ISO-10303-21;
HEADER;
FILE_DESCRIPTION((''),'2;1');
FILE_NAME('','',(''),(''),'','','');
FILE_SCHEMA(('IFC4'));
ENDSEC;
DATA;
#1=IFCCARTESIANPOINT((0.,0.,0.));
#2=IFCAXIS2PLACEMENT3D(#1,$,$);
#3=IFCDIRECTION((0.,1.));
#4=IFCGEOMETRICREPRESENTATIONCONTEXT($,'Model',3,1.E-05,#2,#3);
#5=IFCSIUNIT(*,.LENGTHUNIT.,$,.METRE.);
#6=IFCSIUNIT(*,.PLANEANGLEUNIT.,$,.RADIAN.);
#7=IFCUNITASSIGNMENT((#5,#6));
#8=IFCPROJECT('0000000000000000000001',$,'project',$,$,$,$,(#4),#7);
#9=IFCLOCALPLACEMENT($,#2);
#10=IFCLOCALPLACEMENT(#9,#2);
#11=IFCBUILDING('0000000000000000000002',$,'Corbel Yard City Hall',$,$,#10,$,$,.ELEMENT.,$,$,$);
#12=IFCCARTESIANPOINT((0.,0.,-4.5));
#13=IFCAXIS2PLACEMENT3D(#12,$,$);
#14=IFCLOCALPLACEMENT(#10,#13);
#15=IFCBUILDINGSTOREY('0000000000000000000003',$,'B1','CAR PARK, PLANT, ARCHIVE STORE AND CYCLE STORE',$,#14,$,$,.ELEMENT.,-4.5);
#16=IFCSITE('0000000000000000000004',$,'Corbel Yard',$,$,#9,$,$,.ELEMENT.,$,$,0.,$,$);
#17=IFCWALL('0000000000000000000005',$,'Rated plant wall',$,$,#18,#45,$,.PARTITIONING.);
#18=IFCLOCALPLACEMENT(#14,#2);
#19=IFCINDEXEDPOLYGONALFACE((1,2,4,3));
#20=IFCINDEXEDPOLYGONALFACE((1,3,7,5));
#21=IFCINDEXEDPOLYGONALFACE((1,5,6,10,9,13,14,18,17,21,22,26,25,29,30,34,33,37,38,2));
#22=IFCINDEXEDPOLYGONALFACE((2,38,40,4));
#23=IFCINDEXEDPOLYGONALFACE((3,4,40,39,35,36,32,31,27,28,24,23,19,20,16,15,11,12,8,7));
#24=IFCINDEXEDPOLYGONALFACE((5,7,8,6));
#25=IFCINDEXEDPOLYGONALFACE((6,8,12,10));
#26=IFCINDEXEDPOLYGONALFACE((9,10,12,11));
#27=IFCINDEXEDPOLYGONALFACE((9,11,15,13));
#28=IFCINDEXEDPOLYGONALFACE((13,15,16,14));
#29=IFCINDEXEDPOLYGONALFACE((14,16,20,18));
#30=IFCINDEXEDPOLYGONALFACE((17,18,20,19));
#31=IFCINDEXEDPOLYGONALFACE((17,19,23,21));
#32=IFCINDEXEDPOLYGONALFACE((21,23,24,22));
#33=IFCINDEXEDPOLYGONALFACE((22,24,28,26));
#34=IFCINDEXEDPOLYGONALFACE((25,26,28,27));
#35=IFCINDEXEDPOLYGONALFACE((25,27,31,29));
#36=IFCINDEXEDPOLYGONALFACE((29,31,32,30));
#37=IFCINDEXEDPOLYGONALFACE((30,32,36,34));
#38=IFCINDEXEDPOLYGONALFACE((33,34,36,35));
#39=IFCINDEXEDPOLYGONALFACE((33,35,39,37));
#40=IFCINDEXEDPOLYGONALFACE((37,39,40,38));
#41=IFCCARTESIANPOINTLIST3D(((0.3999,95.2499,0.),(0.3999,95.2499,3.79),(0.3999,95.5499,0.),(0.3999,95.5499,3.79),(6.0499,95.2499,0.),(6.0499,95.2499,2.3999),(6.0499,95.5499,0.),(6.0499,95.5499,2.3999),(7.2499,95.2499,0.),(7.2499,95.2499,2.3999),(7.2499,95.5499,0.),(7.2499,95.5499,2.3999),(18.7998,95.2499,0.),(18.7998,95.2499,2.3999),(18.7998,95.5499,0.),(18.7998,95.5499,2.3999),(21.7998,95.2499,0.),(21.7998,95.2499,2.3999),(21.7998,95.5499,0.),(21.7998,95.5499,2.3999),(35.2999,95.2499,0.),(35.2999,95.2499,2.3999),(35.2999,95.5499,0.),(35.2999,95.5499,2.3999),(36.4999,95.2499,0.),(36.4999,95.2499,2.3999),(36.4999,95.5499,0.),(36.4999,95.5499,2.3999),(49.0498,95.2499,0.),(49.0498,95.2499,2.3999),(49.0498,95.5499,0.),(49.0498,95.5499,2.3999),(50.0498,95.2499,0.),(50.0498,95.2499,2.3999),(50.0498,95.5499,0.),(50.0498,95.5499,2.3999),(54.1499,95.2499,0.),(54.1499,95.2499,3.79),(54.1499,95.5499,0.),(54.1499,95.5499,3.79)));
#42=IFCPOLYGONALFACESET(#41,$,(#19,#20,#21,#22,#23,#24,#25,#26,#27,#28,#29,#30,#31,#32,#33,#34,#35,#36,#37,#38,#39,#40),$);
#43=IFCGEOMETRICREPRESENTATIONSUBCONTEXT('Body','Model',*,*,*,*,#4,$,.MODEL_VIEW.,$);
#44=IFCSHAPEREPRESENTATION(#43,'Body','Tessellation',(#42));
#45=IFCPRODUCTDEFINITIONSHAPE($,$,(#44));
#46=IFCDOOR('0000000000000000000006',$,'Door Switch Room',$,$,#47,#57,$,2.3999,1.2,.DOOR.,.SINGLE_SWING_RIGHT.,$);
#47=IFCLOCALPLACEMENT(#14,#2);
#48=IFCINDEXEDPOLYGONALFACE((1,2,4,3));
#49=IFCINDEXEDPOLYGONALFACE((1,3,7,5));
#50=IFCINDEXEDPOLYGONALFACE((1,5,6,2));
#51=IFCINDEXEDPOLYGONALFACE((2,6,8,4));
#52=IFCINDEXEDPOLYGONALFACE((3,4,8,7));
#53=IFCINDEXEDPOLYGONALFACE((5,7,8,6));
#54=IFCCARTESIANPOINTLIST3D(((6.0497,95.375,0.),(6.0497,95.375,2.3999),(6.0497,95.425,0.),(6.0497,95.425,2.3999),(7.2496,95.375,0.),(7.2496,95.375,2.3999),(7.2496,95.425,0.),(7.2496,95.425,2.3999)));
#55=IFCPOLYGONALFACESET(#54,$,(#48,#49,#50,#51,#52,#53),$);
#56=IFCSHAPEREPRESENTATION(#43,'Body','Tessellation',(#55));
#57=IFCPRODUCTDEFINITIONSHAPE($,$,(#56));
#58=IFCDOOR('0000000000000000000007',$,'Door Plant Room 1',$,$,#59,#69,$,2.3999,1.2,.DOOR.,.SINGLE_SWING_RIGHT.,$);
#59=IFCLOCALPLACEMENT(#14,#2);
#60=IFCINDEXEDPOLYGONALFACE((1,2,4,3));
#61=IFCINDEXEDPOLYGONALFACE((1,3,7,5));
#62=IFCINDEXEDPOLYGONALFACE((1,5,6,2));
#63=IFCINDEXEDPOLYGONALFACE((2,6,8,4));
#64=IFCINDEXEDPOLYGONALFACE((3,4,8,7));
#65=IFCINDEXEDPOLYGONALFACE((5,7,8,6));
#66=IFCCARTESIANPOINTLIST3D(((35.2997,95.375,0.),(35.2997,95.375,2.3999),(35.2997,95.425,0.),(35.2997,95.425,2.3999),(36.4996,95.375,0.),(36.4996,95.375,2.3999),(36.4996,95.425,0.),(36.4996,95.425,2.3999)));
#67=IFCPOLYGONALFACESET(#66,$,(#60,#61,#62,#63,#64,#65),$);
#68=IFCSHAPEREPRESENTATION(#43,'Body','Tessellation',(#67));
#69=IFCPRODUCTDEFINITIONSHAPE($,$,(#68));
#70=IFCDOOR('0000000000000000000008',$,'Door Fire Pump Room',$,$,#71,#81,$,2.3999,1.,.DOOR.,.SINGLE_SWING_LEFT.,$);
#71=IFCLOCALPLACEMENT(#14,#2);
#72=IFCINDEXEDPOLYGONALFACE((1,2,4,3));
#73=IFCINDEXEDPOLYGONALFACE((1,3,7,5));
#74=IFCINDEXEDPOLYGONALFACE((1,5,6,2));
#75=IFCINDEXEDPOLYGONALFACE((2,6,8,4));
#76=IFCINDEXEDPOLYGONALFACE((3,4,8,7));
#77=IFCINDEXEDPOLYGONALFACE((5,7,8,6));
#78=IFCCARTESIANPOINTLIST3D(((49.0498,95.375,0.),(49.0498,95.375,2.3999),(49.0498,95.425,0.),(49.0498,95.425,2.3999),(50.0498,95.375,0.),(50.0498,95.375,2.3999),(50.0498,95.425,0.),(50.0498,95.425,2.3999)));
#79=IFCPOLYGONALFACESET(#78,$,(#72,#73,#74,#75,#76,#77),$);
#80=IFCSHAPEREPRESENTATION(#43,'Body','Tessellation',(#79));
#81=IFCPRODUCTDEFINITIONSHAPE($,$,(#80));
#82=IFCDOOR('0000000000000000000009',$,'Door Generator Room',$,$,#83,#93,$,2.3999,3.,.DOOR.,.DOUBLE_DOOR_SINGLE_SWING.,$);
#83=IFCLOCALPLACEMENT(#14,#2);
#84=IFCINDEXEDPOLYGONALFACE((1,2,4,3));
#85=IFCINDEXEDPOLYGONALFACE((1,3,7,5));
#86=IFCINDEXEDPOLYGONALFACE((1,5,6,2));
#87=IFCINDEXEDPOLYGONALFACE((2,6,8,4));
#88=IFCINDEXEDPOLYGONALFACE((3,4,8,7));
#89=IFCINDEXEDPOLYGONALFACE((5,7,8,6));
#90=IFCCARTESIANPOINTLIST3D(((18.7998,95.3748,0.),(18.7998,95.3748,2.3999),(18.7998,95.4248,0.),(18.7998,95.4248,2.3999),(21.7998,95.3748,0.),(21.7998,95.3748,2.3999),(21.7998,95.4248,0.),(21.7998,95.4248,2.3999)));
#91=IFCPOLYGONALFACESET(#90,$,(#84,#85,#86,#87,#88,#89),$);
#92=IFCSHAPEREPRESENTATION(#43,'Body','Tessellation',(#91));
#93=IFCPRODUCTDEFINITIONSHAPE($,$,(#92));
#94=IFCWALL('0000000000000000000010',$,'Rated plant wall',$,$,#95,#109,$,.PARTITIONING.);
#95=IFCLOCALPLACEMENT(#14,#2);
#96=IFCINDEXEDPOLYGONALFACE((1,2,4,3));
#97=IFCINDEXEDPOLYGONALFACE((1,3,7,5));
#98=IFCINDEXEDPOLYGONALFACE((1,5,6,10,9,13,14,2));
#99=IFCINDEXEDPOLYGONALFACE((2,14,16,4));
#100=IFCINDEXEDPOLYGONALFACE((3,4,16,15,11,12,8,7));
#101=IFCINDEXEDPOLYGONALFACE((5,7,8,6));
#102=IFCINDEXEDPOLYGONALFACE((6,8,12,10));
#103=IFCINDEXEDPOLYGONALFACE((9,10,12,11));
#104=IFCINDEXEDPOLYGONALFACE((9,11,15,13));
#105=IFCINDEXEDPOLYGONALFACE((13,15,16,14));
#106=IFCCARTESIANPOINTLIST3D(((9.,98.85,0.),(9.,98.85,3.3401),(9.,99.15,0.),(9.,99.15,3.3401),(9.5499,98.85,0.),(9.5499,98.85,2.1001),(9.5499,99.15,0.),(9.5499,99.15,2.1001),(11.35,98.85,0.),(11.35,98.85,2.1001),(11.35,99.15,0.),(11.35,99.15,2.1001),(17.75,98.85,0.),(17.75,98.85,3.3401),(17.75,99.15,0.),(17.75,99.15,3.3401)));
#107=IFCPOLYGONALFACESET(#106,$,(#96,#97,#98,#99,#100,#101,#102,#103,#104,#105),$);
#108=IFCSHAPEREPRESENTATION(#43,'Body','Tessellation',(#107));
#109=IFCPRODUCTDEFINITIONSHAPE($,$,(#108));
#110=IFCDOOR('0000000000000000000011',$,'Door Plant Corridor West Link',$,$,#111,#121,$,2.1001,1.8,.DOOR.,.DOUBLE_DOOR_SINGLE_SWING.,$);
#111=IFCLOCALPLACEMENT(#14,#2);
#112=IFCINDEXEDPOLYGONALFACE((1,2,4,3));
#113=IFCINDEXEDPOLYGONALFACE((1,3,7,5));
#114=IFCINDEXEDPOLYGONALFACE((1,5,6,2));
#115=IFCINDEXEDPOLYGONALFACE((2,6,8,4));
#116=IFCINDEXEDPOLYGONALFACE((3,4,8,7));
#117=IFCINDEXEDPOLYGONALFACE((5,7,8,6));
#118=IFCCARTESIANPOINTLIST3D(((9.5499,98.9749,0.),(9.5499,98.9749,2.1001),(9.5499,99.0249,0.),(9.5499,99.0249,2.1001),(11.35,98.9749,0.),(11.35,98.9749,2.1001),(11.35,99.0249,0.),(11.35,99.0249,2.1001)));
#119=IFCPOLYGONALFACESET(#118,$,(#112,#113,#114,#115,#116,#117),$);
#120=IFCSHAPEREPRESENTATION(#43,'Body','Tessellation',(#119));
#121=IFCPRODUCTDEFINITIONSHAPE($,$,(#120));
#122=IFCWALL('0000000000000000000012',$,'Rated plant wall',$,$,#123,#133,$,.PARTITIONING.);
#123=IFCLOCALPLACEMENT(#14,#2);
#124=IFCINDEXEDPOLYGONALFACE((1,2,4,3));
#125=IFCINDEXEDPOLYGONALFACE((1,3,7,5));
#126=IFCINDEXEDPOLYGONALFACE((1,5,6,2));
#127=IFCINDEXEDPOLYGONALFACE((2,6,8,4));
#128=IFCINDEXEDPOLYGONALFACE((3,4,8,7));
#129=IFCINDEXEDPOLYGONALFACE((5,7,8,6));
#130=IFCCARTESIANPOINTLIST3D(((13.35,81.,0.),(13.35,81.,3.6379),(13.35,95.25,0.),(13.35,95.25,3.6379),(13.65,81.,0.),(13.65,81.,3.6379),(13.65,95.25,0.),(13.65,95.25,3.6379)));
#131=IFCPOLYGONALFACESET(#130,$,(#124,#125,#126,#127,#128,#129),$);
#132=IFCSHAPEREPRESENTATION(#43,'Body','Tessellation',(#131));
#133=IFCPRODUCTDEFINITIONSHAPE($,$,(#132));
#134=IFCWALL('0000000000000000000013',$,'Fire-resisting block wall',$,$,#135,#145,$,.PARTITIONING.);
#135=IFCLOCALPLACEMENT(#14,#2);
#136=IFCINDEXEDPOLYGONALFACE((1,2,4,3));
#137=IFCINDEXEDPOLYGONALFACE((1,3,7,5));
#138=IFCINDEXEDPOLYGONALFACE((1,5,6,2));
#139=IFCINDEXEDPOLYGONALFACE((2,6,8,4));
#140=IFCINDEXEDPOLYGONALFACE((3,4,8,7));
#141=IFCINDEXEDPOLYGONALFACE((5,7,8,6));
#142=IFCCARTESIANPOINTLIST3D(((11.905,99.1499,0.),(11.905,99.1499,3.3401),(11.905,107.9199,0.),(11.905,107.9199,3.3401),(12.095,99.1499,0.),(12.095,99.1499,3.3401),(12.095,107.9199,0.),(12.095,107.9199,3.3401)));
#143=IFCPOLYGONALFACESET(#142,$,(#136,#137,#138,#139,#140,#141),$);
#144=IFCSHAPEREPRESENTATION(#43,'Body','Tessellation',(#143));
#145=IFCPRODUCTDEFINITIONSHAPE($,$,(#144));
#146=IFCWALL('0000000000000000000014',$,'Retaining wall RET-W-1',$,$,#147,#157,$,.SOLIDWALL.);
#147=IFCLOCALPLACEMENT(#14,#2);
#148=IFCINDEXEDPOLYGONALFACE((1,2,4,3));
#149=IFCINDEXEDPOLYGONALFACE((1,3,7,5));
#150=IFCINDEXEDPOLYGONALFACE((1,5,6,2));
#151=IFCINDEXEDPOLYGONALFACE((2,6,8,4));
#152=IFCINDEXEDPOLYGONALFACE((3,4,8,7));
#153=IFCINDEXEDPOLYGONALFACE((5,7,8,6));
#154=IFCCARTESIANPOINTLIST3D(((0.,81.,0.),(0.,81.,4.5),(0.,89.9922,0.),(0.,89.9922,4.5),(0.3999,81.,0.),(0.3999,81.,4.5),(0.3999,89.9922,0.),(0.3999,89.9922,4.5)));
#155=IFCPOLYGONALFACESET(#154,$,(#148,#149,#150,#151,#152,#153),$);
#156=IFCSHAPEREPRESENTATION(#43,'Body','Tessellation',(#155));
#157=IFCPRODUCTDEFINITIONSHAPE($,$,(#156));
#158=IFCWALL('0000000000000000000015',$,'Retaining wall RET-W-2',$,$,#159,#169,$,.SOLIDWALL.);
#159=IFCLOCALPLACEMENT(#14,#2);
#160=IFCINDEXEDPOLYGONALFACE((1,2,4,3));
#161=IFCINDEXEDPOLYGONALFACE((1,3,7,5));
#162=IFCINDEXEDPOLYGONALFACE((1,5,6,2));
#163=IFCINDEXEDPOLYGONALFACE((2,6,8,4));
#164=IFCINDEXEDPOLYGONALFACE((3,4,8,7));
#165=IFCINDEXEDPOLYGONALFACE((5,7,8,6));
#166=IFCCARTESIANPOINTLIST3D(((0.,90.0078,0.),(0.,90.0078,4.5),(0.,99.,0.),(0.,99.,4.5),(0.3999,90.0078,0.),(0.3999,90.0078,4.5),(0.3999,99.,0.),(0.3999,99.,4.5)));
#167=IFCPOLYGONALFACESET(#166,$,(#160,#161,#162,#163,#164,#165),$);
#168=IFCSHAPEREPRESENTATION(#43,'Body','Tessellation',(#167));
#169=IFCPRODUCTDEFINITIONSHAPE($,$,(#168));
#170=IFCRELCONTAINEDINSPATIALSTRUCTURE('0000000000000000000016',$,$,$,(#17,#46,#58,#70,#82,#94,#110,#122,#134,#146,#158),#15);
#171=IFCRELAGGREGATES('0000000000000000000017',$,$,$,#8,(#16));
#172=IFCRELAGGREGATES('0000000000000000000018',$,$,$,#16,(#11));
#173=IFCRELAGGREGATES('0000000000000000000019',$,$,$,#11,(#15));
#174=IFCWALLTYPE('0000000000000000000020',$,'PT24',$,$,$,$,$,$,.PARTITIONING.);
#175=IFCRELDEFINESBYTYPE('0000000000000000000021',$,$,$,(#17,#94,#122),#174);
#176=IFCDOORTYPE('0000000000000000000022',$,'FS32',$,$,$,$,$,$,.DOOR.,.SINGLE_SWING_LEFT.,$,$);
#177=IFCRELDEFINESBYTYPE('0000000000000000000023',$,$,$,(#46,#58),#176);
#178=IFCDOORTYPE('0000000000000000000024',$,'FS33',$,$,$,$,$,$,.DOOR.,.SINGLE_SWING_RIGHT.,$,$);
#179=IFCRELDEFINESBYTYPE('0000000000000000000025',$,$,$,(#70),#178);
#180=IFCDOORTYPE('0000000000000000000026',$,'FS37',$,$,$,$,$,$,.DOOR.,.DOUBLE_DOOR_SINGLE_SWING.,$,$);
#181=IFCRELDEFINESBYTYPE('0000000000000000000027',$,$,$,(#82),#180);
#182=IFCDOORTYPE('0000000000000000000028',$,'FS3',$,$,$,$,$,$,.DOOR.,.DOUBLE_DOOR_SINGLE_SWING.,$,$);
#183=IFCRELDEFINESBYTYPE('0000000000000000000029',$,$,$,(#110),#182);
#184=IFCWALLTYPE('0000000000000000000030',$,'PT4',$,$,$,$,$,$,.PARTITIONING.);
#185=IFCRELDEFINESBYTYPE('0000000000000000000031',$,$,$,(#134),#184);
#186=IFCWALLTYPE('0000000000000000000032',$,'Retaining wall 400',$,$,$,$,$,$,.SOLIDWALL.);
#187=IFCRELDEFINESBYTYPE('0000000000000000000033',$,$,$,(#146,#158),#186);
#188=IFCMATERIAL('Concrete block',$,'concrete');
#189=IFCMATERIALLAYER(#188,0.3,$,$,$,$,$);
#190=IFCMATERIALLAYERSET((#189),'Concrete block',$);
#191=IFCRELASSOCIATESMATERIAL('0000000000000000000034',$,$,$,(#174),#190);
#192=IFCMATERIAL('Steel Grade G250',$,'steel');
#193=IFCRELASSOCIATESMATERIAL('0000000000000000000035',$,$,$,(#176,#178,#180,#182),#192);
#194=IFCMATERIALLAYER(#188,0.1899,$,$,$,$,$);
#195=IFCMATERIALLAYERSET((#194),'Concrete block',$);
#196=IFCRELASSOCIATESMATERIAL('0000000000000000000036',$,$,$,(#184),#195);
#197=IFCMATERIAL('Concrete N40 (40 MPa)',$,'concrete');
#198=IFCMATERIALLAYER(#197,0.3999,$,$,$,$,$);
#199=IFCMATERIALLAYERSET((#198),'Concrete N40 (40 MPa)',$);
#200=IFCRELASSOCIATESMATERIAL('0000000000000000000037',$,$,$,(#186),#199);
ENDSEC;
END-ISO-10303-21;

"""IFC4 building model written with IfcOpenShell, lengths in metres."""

from ifc_helpers import new_model, si_unit, direction, frame, frame_2d, origin, place, context, subcontext, project, spatial, rectangle, extrude, material, layer, layer_set, type_object, element, fill, save


model = new_model("IFC4")

# Units and contexts
model_context = context("Model", 3, precision=1e-05, world=origin(), true_north=direction((0.0, 1.0)))
body_context = subcontext(model_context, "Body", "Model", "MODEL_VIEW")
ifc_project = project(units=[si_unit("LENGTHUNIT", "METRE"), si_unit("PLANEANGLEUNIT", "RADIAN")], contexts=[model_context])

# Site, building, storey
site_placement = place(None, origin())
site = spatial("IfcSite", under=ifc_project, at=site_placement, Name="Corbel Yard", CompositionType="ELEMENT", RefElevation=0.0)
building_placement = place(site_placement, origin())
building = spatial("IfcBuilding", under=site, at=building_placement, Name="Corbel Yard City Hall", CompositionType="ELEMENT")
storey_placement = place(building_placement, frame((0.0, 0.0, -4.5)))
storey = spatial("IfcBuildingStorey", under=building, at=storey_placement, Name="B1", Description="CAR PARK, PLANT, ARCHIVE STORE AND CYCLE STORE", CompositionType="ELEMENT", Elevation=-4.5)

# Shared definitions
ifc_material_1 = material(Name="Concrete N40 (40 MPa)", Category="concrete")

# Wall, openings, doors
ifc_material_2 = material(Name="Concrete block", Category="concrete")
ifc_layer_1 = layer(ifc_material_2, 0.3)
ifc_layer_set_1 = layer_set([ifc_layer_1], Name="Concrete block")
wall_type_1 = type_object("IfcWallType", Name="PT24", PredefinedType="PARTITIONING", material=ifc_layer_set_1)
wall_1_placement = place(storey_placement, frame((0.3999, 95.3999, 0.0), z_axis=(0.0, 0.0, 1.0), x_axis=(1.0, 0.0, 0.0)))
wall_1 = element("IfcWall", 1, at=wall_1_placement, inside=storey, type_object=wall_type_1, Name="Rated plant wall", PredefinedType="PARTITIONING", context=body_context, shape_type="SweptSolid", body=[
    extrude(rectangle(XDim=53.75, YDim=0.3, at=frame_2d((26.875, 0.0))), origin(), (0.0, 0.0, 1.0), 3.79),
])
opening_1_placement = place(wall_1_placement, frame((5.6499, 0.0, 0.0)))
opening_1 = element("IfcOpeningElement", 2, at=opening_1_placement, cuts=wall_1, PredefinedType="OPENING", context=body_context, shape_type="SweptSolid", body=[
    extrude(rectangle(XDim=1.2, YDim=2.3999, at=frame_2d((0.6001, 1.2))), frame((0.0, 0.1599, 0.0), z_axis=(0.0, -1.0, 0.0), x_axis=(1.0, 0.0, 0.0)), (0.0, 0.0, 1.0), 0.3201),
])
opening_2_placement = place(wall_1_placement, frame((18.3999, 0.0, 0.0)))
opening_2 = element("IfcOpeningElement", 3, at=opening_2_placement, cuts=wall_1, PredefinedType="OPENING", context=body_context, shape_type="SweptSolid", body=[
    extrude(rectangle(XDim=3.0, YDim=2.3999, at=frame_2d((1.5, 1.2))), frame((0.0, 0.1599, 0.0), z_axis=(0.0, -1.0, 0.0), x_axis=(1.0, 0.0, 0.0)), (0.0, 0.0, 1.0), 0.3201),
])
opening_3_placement = place(wall_1_placement, frame((34.8999, 0.0, 0.0)))
opening_3 = element("IfcOpeningElement", 4, at=opening_3_placement, cuts=wall_1, PredefinedType="OPENING", context=body_context, shape_type="SweptSolid", body=[
    extrude(rectangle(XDim=1.2, YDim=2.3999, at=frame_2d((0.6001, 1.2))), frame((0.0, 0.1599, 0.0), z_axis=(0.0, -1.0, 0.0), x_axis=(1.0, 0.0, 0.0)), (0.0, 0.0, 1.0), 0.3201),
])
opening_4_placement = place(wall_1_placement, frame((48.6499, 0.0, 0.0)))
opening_4 = element("IfcOpeningElement", 5, at=opening_4_placement, cuts=wall_1, PredefinedType="OPENING", context=body_context, shape_type="SweptSolid", body=[
    extrude(rectangle(XDim=1.0, YDim=2.3999, at=frame_2d((0.5, 1.2))), frame((0.0, 0.1599, 0.0), z_axis=(0.0, -1.0, 0.0), x_axis=(1.0, 0.0, 0.0)), (0.0, 0.0, 1.0), 0.3201),
])
ifc_material_3 = material(Name="Steel Grade G250", Category="steel")
door_type_1 = type_object("IfcDoorType", Name="FS32", OperationType="SINGLE_SWING_LEFT", PredefinedType="DOOR", material=ifc_material_3)
door_1_placement = place(opening_1_placement, frame((1.2, 0.0, 0.0), z_axis=(0.0, 0.0, 1.0), x_axis=(-1.0, 0.0, 0.0)))
door_1 = element("IfcDoor", 6, at=door_1_placement, inside=storey, type_object=door_type_1, Name="Door Switch Room", OperationType="SINGLE_SWING_RIGHT", OverallHeight=2.3999, OverallWidth=1.2, PredefinedType="DOOR", context=body_context, shape_type="SweptSolid", body=[
    extrude(rectangle(XDim=1.2, YDim=2.3999, at=frame_2d((0.6001, 1.2))), frame((0.0, 0.0249, 0.0), z_axis=(0.0, -1.0, 0.0), x_axis=(1.0, 0.0, 0.0)), (0.0, 0.0, 1.0), 0.05),
])
fill(opening_1, door_1)
door_2_placement = place(opening_3_placement, frame((1.2, 0.0, 0.0), z_axis=(0.0, 0.0, 1.0), x_axis=(-1.0, 0.0, 0.0)))
door_2 = element("IfcDoor", 7, at=door_2_placement, inside=storey, type_object=door_type_1, Name="Door Plant Room 1", OperationType="SINGLE_SWING_RIGHT", OverallHeight=2.3999, OverallWidth=1.2, PredefinedType="DOOR", context=body_context, shape_type="SweptSolid", body=[
    extrude(rectangle(XDim=1.2, YDim=2.3999, at=frame_2d((0.6001, 1.2))), frame((0.0, 0.0249, 0.0), z_axis=(0.0, -1.0, 0.0), x_axis=(1.0, 0.0, 0.0)), (0.0, 0.0, 1.0), 0.05),
])
fill(opening_3, door_2)
door_type_2 = type_object("IfcDoorType", Name="FS33", OperationType="SINGLE_SWING_RIGHT", PredefinedType="DOOR", material=ifc_material_3)
door_3_placement = place(opening_4_placement, frame((1.0, 0.0, 0.0), z_axis=(0.0, 0.0, 1.0), x_axis=(-1.0, 0.0, 0.0)))
door_3 = element("IfcDoor", 8, at=door_3_placement, inside=storey, type_object=door_type_2, Name="Door Fire Pump Room", OperationType="SINGLE_SWING_LEFT", OverallHeight=2.3999, OverallWidth=1.0, PredefinedType="DOOR", context=body_context, shape_type="SweptSolid", body=[
    extrude(rectangle(XDim=1.0, YDim=2.3999, at=frame_2d((0.5, 1.2))), frame((0.0, 0.0249, 0.0), z_axis=(0.0, -1.0, 0.0), x_axis=(1.0, 0.0, 0.0)), (0.0, 0.0, 1.0), 0.05),
])
fill(opening_4, door_3)
door_type_3 = type_object("IfcDoorType", Name="FS37", OperationType="DOUBLE_DOOR_SINGLE_SWING", PredefinedType="DOOR", material=ifc_material_3)
door_4_placement = place(opening_2_placement, origin())
door_4 = element("IfcDoor", 9, at=door_4_placement, inside=storey, type_object=door_type_3, Name="Door Generator Room", OperationType="DOUBLE_DOOR_SINGLE_SWING", OverallHeight=2.3999, OverallWidth=3.0, PredefinedType="DOOR", context=body_context, shape_type="SweptSolid", body=[
    extrude(rectangle(XDim=3.0, YDim=2.3999, at=frame_2d((1.5, 1.2))), frame((0.0, 0.0249, 0.0), z_axis=(0.0, -1.0, 0.0), x_axis=(1.0, 0.0, 0.0)), (0.0, 0.0, 1.0), 0.05),
])
fill(opening_2, door_4)

# Wall, opening, door
wall_2_placement = place(storey_placement, frame((9.0, 99.0, 0.0), z_axis=(0.0, 0.0, 1.0), x_axis=(1.0, 0.0, 0.0)))
wall_2 = element("IfcWall", 10, at=wall_2_placement, inside=storey, type_object=wall_type_1, Name="Rated plant wall", PredefinedType="PARTITIONING", context=body_context, shape_type="SweptSolid", body=[
    extrude(rectangle(XDim=8.75, YDim=0.3, at=frame_2d((4.375, 0.0))), origin(), (0.0, 0.0, 1.0), 3.3401),
])
opening_5_placement = place(wall_2_placement, frame((0.55, 0.0, 0.0)))
opening_5 = element("IfcOpeningElement", 11, at=opening_5_placement, cuts=wall_2, PredefinedType="OPENING", context=body_context, shape_type="SweptSolid", body=[
    extrude(rectangle(XDim=1.8, YDim=2.1001, at=frame_2d((0.8999, 1.05))), frame((0.0, 0.1599, 0.0), z_axis=(0.0, -1.0, 0.0), x_axis=(1.0, 0.0, 0.0)), (0.0, 0.0, 1.0), 0.3201),
])
door_type_4 = type_object("IfcDoorType", Name="FS3", OperationType="DOUBLE_DOOR_SINGLE_SWING", PredefinedType="DOOR", material=ifc_material_3)
door_5_placement = place(opening_5_placement, origin())
door_5 = element("IfcDoor", 12, at=door_5_placement, inside=storey, type_object=door_type_4, Name="Door Plant Corridor West Link", OperationType="DOUBLE_DOOR_SINGLE_SWING", OverallHeight=2.1001, OverallWidth=1.8, PredefinedType="DOOR", context=body_context, shape_type="SweptSolid", body=[
    extrude(rectangle(XDim=1.8, YDim=2.1001, at=frame_2d((0.8999, 1.05))), frame((0.0, 0.0249, 0.0), z_axis=(0.0, -1.0, 0.0), x_axis=(1.0, 0.0, 0.0)), (0.0, 0.0, 1.0), 0.05),
])
fill(opening_5, door_5)

# Walls
wall_3_placement = place(storey_placement, frame((13.5, 81.0, 0.0), z_axis=(0.0, 0.0, 1.0), x_axis=(0.0, 1.0, 0.0)))
element("IfcWall", 13, at=wall_3_placement, inside=storey, type_object=wall_type_1, Name="Rated plant wall", PredefinedType="PARTITIONING", context=body_context, shape_type="SweptSolid", body=[
    extrude(rectangle(XDim=14.25, YDim=0.3, at=frame_2d((7.125, 0.0))), origin(), (0.0, 0.0, 1.0), 3.6379),
])
ifc_layer_2 = layer(ifc_material_2, 0.1899)
ifc_layer_set_2 = layer_set([ifc_layer_2], Name="Concrete block")
wall_type_2 = type_object("IfcWallType", Name="PT4", PredefinedType="PARTITIONING", material=ifc_layer_set_2)
wall_4_placement = place(storey_placement, frame((12.0, 99.1499, 0.0), z_axis=(0.0, 0.0, 1.0), x_axis=(0.0, 1.0, 0.0)))
element("IfcWall", 14, at=wall_4_placement, inside=storey, type_object=wall_type_2, Name="Fire-resisting block wall", PredefinedType="PARTITIONING", context=body_context, shape_type="SweptSolid", body=[
    extrude(rectangle(XDim=8.77, YDim=0.1899, at=frame_2d((4.385, 0.0))), origin(), (0.0, 0.0, 1.0), 3.3401),
])
ifc_layer_3 = layer(ifc_material_1, 0.3999)
ifc_layer_set_3 = layer_set([ifc_layer_3], Name="Concrete N40 (40 MPa)")
wall_type_3 = type_object("IfcWallType", Name="Retaining wall 400", PredefinedType="SOLIDWALL", material=ifc_layer_set_3)
for number, where, z_axis, x_axis, name in (
    (15, (0.2, 81.0, 0.0), (0.0, 0.0, 1.0), (0.0, 1.0, 0.0), "Retaining wall RET-W-1"),
    (16, (0.2, 90.0078, 0.0), (0.0, 0.0, 1.0), (0.0, 1.0, 0.0), "Retaining wall RET-W-2"),
):
    element("IfcWall", number, at=place(storey_placement, frame(where, z_axis=z_axis, x_axis=x_axis)), inside=storey, type_object=wall_type_3, Name=name, PredefinedType="SOLIDWALL", context=body_context, shape_type="SweptSolid", body=[
        extrude(rectangle(XDim=8.9922, YDim=0.3999, at=frame_2d((4.4961, 0.0))), origin(), (0.0, 0.0, 1.0), 4.5),
    ])

save(model, "model.ifc")
